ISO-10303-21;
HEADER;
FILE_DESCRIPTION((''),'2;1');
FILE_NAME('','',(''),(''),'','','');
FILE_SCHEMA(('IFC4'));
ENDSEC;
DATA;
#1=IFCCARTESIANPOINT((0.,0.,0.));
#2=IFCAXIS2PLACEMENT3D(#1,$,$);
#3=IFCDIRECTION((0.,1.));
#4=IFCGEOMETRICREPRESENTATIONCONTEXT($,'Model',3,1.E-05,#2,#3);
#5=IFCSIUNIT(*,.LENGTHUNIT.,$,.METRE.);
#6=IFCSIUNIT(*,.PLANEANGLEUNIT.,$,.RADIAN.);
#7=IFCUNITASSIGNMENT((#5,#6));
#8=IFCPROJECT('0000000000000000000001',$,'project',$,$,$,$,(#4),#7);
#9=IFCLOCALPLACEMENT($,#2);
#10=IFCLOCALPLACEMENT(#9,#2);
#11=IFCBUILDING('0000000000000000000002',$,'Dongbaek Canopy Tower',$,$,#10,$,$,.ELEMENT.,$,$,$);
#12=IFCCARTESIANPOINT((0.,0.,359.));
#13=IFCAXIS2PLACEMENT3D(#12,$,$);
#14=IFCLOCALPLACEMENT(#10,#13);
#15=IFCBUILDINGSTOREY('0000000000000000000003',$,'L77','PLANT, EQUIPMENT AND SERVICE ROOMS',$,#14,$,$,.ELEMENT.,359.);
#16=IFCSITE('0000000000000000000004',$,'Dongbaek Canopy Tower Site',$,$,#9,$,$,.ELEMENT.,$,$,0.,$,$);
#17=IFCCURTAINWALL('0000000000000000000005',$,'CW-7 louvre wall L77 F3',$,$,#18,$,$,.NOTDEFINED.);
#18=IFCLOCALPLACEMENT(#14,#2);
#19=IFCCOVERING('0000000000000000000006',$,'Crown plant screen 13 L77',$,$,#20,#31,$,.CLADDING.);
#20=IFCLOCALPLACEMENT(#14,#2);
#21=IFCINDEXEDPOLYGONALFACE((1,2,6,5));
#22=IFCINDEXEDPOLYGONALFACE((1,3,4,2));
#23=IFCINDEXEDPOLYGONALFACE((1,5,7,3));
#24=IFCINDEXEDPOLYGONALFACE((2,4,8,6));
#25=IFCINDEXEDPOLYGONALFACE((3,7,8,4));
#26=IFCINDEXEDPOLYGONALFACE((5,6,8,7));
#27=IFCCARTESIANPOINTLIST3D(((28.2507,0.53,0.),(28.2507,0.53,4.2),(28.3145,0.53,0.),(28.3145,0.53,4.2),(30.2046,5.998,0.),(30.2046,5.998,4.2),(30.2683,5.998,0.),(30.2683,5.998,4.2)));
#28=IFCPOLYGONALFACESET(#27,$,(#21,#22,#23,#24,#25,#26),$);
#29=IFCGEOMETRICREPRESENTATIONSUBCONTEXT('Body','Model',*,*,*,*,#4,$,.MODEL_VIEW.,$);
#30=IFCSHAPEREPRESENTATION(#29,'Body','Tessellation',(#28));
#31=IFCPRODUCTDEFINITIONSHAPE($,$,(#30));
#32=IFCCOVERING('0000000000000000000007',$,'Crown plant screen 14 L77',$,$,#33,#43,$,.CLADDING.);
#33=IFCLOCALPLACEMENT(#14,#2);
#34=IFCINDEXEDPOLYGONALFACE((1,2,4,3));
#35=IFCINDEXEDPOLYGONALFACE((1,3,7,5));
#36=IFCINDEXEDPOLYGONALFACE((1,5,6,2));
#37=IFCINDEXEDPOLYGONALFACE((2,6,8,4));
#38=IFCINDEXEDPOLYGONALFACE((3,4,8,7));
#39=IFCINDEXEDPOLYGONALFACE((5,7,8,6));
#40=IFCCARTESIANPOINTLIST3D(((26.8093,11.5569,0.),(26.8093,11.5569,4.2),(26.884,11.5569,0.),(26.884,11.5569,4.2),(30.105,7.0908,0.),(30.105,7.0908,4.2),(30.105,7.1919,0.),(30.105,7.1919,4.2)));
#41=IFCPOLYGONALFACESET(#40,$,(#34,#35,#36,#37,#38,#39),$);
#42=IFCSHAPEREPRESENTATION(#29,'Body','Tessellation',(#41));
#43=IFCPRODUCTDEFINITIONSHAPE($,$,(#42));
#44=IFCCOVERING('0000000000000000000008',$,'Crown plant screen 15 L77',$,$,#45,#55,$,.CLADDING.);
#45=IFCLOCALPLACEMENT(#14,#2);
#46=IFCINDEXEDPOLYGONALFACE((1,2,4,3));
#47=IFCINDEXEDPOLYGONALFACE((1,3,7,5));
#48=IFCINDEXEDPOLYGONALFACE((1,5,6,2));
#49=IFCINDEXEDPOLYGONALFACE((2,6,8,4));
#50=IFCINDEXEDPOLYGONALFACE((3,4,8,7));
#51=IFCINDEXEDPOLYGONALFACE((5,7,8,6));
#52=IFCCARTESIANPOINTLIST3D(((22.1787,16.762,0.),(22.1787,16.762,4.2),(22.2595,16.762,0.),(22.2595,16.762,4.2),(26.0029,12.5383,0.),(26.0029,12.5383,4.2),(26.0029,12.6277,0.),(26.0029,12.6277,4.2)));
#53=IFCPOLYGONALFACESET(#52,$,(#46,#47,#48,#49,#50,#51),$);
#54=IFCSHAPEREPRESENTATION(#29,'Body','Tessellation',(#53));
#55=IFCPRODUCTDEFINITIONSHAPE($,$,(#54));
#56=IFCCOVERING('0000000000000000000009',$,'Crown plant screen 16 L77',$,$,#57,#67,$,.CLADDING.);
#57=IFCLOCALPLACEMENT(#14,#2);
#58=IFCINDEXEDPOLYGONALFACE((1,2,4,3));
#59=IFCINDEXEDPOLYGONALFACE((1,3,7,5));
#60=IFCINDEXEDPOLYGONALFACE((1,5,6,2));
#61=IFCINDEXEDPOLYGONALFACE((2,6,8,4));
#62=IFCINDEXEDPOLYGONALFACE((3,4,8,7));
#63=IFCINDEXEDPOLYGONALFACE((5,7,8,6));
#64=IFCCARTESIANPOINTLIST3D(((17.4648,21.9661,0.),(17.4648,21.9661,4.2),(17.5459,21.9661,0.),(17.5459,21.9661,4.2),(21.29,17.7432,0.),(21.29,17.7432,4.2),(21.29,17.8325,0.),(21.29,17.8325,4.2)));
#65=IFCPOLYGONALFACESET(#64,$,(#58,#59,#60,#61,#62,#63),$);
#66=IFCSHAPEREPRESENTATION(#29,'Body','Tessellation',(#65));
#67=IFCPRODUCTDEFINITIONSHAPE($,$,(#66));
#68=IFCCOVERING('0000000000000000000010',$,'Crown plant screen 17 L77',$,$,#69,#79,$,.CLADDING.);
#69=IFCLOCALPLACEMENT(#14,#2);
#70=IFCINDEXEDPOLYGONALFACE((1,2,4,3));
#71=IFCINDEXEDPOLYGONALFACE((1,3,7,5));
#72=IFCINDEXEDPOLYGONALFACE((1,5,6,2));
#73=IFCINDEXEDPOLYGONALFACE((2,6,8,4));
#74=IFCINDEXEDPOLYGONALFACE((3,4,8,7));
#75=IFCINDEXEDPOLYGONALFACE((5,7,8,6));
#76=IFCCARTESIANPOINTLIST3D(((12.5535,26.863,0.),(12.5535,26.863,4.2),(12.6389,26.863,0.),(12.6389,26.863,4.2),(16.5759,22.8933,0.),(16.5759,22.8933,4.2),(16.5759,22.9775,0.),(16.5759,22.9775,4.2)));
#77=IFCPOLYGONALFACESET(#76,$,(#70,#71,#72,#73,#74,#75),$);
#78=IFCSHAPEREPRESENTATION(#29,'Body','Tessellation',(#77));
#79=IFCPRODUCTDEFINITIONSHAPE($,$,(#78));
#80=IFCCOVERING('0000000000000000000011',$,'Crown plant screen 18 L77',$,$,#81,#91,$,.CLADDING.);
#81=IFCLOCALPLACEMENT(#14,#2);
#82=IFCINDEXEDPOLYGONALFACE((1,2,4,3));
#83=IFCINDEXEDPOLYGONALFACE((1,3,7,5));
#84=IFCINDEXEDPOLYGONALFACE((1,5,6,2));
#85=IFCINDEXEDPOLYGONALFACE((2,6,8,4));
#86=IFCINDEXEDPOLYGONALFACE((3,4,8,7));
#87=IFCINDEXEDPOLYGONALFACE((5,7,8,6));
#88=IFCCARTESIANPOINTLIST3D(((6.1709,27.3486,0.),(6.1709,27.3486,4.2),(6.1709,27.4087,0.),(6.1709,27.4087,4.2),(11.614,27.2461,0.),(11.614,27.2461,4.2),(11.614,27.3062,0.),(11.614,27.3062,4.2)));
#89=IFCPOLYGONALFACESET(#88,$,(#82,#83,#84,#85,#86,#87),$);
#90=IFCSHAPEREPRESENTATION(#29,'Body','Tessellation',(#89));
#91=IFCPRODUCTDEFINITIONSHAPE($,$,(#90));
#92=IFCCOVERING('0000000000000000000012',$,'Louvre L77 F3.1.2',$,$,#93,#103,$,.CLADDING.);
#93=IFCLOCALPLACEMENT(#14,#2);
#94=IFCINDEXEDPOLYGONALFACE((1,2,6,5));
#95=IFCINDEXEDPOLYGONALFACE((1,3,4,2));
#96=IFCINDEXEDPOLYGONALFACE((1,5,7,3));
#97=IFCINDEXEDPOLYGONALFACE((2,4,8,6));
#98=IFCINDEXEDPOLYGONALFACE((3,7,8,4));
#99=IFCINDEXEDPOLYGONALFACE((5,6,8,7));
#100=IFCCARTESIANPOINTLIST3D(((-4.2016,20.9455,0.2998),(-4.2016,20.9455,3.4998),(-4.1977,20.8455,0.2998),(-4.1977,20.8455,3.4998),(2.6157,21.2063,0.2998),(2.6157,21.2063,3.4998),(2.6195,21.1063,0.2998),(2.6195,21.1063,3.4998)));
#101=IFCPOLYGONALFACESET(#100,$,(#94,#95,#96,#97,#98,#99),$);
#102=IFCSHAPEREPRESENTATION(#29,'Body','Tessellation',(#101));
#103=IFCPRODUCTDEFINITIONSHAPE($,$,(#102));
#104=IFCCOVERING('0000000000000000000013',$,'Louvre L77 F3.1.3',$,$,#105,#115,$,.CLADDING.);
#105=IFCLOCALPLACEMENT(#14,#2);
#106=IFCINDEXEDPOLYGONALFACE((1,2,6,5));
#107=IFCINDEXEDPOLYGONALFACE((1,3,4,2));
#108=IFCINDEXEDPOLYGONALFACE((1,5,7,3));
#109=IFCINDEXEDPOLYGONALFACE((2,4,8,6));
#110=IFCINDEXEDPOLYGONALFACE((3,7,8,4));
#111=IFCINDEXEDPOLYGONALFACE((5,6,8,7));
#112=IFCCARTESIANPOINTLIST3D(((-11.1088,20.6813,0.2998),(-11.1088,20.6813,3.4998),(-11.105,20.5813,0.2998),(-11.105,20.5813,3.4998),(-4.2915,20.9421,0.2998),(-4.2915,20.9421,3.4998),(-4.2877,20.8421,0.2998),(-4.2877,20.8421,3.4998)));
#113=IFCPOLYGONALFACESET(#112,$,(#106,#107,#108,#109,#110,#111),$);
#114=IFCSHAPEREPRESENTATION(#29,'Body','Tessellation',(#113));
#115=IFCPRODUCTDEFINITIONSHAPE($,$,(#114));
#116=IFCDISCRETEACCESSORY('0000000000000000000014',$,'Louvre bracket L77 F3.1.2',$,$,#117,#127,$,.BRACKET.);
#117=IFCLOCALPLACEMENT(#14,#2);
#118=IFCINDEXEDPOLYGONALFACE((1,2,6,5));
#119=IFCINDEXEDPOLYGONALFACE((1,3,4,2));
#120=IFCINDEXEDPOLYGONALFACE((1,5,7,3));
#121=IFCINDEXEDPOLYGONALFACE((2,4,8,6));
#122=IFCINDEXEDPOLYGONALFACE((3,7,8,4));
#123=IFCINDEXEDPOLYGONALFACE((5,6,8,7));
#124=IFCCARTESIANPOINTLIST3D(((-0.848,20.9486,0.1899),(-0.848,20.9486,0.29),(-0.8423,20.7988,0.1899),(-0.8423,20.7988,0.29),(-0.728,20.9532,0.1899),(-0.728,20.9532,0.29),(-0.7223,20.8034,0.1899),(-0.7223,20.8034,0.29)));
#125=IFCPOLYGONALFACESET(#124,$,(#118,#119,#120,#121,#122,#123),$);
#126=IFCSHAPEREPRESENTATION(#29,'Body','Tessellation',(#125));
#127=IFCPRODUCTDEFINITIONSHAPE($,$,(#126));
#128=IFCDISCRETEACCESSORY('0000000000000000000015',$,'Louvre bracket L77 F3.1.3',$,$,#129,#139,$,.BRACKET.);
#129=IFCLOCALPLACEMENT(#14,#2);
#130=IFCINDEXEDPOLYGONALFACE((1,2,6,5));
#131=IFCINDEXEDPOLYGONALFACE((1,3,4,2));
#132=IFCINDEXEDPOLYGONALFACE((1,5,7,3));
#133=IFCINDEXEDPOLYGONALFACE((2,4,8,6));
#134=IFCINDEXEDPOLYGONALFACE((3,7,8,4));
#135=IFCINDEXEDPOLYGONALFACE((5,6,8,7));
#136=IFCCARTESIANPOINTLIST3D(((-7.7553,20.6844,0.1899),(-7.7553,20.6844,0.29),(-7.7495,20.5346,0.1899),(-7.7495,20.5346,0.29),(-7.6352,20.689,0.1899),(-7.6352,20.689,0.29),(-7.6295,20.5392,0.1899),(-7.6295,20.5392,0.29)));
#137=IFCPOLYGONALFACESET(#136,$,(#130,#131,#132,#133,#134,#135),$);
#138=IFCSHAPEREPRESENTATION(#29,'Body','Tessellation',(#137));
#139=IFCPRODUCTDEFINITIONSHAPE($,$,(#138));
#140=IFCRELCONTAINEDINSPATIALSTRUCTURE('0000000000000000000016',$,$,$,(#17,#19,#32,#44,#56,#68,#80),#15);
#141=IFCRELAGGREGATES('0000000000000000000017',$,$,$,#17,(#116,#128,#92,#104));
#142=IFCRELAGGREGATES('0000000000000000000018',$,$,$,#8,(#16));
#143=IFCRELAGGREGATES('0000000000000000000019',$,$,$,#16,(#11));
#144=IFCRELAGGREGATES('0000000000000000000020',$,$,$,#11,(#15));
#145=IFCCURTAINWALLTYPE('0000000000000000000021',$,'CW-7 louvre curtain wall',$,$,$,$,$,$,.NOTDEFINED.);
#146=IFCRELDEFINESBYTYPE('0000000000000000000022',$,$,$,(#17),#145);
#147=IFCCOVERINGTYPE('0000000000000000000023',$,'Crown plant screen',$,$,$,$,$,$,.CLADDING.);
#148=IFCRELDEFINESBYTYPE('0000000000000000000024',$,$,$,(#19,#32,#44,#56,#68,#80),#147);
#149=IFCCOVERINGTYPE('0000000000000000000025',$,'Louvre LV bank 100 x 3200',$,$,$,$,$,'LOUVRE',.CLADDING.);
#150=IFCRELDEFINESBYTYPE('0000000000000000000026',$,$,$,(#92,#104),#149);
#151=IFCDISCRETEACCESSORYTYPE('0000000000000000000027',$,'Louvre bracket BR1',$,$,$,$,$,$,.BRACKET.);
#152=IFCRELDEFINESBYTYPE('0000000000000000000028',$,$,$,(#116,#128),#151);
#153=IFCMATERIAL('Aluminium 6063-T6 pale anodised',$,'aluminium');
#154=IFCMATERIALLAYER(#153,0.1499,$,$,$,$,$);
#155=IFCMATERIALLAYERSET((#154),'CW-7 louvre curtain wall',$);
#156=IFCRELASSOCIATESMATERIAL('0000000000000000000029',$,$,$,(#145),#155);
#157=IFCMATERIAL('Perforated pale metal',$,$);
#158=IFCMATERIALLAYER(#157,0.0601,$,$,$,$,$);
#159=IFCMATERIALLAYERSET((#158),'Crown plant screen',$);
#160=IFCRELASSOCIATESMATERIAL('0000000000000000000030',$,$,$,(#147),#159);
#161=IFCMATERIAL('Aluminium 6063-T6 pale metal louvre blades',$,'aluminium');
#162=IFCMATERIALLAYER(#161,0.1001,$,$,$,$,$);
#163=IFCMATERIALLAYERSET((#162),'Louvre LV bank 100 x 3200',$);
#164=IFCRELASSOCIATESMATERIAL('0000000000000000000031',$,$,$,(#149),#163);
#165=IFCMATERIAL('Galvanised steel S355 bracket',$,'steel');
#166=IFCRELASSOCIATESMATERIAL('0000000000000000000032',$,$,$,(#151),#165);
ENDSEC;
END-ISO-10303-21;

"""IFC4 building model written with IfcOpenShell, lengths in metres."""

from ifc_helpers import new_model, si_unit, direction, frame, origin, origin_2d, place, context, subcontext, project, spatial, polyline, rectangle, outline, extrude, material, layer, layer_set, type_object, element, aggregate, save


model = new_model("IFC4")

# Units and contexts
model_context = context("Model", 3, precision=1e-05, world=origin(), true_north=direction((0.0, 1.0)))
body_context = subcontext(model_context, "Body", "Model", "MODEL_VIEW")
ifc_project = project(units=[si_unit("LENGTHUNIT", "METRE"), si_unit("PLANEANGLEUNIT", "RADIAN")], contexts=[model_context])

# Site, building, storey
site_placement = place(None, origin())
site = spatial("IfcSite", under=ifc_project, at=site_placement, Name="Dongbaek Canopy Tower Site", CompositionType="ELEMENT", RefElevation=0.0)
building_placement = place(site_placement, origin())
building = spatial("IfcBuilding", under=site, at=building_placement, Name="Dongbaek Canopy Tower", CompositionType="ELEMENT")
storey_placement = place(building_placement, frame((0.0, 0.0, 359.0)))
storey = spatial("IfcBuildingStorey", under=building, at=storey_placement, Name="L77", Description="PLANT, EQUIPMENT AND SERVICE ROOMS", CompositionType="ELEMENT", Elevation=359.0)

# Curtain wall
ifc_material_1 = material(Name="Aluminium 6063-T6 pale anodised", Category="aluminium")
ifc_layer_1 = layer(ifc_material_1, 0.1499)
ifc_layer_set_1 = layer_set([ifc_layer_1], Name="CW-7 louvre curtain wall")
curtain_wall_type = type_object("IfcCurtainWallType", Name="CW-7 louvre curtain wall", PredefinedType="NOTDEFINED", material=ifc_layer_set_1)
curtain_wall_placement = place(storey_placement, origin())
curtain_wall = element("IfcCurtainWall", 1, at=curtain_wall_placement, inside=storey, type_object=curtain_wall_type, Name="CW-7 louvre wall L77 F3", PredefinedType="NOTDEFINED")

# Coverings
ifc_material_2 = material(Name="Perforated pale metal")
ifc_layer_2 = layer(ifc_material_2, 0.0601)
ifc_layer_set_2 = layer_set([ifc_layer_2], Name="Crown plant screen")
covering_type_1 = type_object("IfcCoveringType", Name="Crown plant screen", PredefinedType="CLADDING", material=ifc_layer_set_2)
covering_1_placement = place(storey_placement, origin())
element("IfcCovering", 2, at=covering_1_placement, inside=storey, type_object=covering_type_1, Name="Crown plant screen 13 L77", PredefinedType="CLADDING", context=body_context, shape_type="SweptSolid", body=[
    extrude(outline(polyline([(28.3145, 0.53), (28.2507, 0.53), (30.2046, 5.998), (30.2683, 5.998), (28.3145, 0.53)])), origin(), (0.0, 0.0, 1.0), 4.2),
])
covering_2_placement = place(storey_placement, origin())
element("IfcCovering", 3, at=covering_2_placement, inside=storey, type_object=covering_type_1, Name="Crown plant screen 14 L77", PredefinedType="CLADDING", context=body_context, shape_type="SweptSolid", body=[
    extrude(outline(polyline([(30.105, 7.1919), (30.105, 7.0908), (26.8093, 11.5569), (26.884, 11.5569), (30.105, 7.1919)])), origin(), (0.0, 0.0, 1.0), 4.2),
])
covering_3_placement = place(storey_placement, origin())
element("IfcCovering", 4, at=covering_3_placement, inside=storey, type_object=covering_type_1, Name="Crown plant screen 15 L77", PredefinedType="CLADDING", context=body_context, shape_type="SweptSolid", body=[
    extrude(outline(polyline([(26.0029, 12.6277), (26.0029, 12.5383), (22.1787, 16.762), (22.2595, 16.762), (26.0029, 12.6277)])), origin(), (0.0, 0.0, 1.0), 4.2),
])
covering_4_placement = place(storey_placement, origin())
element("IfcCovering", 5, at=covering_4_placement, inside=storey, type_object=covering_type_1, Name="Crown plant screen 16 L77", PredefinedType="CLADDING", context=body_context, shape_type="SweptSolid", body=[
    extrude(outline(polyline([(21.29, 17.8325), (21.29, 17.7432), (17.4648, 21.9661), (17.5459, 21.9661), (21.29, 17.8325)])), origin(), (0.0, 0.0, 1.0), 4.2),
])
covering_5_placement = place(storey_placement, origin())
element("IfcCovering", 6, at=covering_5_placement, inside=storey, type_object=covering_type_1, Name="Crown plant screen 17 L77", PredefinedType="CLADDING", context=body_context, shape_type="SweptSolid", body=[
    extrude(outline(polyline([(16.5759, 22.9775), (16.5759, 22.8933), (12.5535, 26.863), (12.6389, 26.863), (16.5759, 22.9775)])), origin(), (0.0, 0.0, 1.0), 4.2),
])
covering_6_placement = place(storey_placement, origin())
element("IfcCovering", 7, at=covering_6_placement, inside=storey, type_object=covering_type_1, Name="Crown plant screen 18 L77", PredefinedType="CLADDING", context=body_context, shape_type="SweptSolid", body=[
    extrude(outline(polyline([(11.614, 27.3062), (11.614, 27.2461), (6.1709, 27.3486), (6.1709, 27.4087), (11.614, 27.3062)])), origin(), (0.0, 0.0, 1.0), 4.2),
])

# Coverings
ifc_material_3 = material(Name="Aluminium 6063-T6 pale metal louvre blades", Category="aluminium")
ifc_layer_3 = layer(ifc_material_3, 0.1001)
ifc_layer_set_3 = layer_set([ifc_layer_3], Name="Louvre LV bank 100 x 3200")
covering_type_2 = type_object("IfcCoveringType", Name="Louvre LV bank 100 x 3200", ElementType="LOUVRE", PredefinedType="CLADDING", material=ifc_layer_set_3)
covering_7_placement = place(storey_placement, frame((-0.791, 21.0259, 0.2998), z_axis=(0.0, 0.0, 1.0), x_axis=(-0.999269, -0.038232, 0.0)))
covering_7 = element("IfcCovering", 8, at=covering_7_placement, type_object=covering_type_2, Name="Louvre L77 F3.1.2", PredefinedType="CLADDING", context=body_context, shape_type="SweptSolid", body=[
    extrude(rectangle(XDim=6.8223, YDim=0.1001, at=origin_2d()), origin(), (0.0, 0.0, 1.0), 3.2),
])
covering_8_placement = place(storey_placement, frame((-7.6982, 20.7617, 0.2998), z_axis=(0.0, 0.0, 1.0), x_axis=(-0.999269, -0.038232, 0.0)))
covering_8 = element("IfcCovering", 9, at=covering_8_placement, type_object=covering_type_2, Name="Louvre L77 F3.1.3", PredefinedType="CLADDING", context=body_context, shape_type="SweptSolid", body=[
    extrude(rectangle(XDim=6.8223, YDim=0.1001, at=origin_2d()), origin(), (0.0, 0.0, 1.0), 3.2),
])

# Discrete accessories
ifc_material_4 = material(Name="Galvanised steel S355 bracket", Category="steel")
discrete_accessory_type = type_object("IfcDiscreteAccessoryType", Name="Louvre bracket BR1", PredefinedType="BRACKET", material=ifc_material_4)
discrete_accessory_1_placement = place(storey_placement, frame((-0.7852, 20.876, 0.1899), z_axis=(0.0, 0.0, 1.0), x_axis=(-0.999269, -0.038232, 0.0)))
discrete_accessory_1 = element("IfcDiscreteAccessory", 10, at=discrete_accessory_1_placement, type_object=discrete_accessory_type, Name="Louvre bracket L77 F3.1.2", PredefinedType="BRACKET", context=body_context, shape_type="SweptSolid", body=[
    extrude(rectangle(XDim=0.1201, YDim=0.1499, at=origin_2d()), origin(), (0.0, 0.0, 1.0), 0.1001),
])
discrete_accessory_2_placement = place(storey_placement, frame((-7.6924, 20.6118, 0.1899), z_axis=(0.0, 0.0, 1.0), x_axis=(-0.999269, -0.038232, 0.0)))
discrete_accessory_2 = element("IfcDiscreteAccessory", 11, at=discrete_accessory_2_placement, type_object=discrete_accessory_type, Name="Louvre bracket L77 F3.1.3", PredefinedType="BRACKET", context=body_context, shape_type="SweptSolid", body=[
    extrude(rectangle(XDim=0.1201, YDim=0.1499, at=origin_2d()), origin(), (0.0, 0.0, 1.0), 0.1001),
])
aggregate(curtain_wall, [discrete_accessory_1, discrete_accessory_2, covering_7, covering_8])

save(model, "model.ifc")
